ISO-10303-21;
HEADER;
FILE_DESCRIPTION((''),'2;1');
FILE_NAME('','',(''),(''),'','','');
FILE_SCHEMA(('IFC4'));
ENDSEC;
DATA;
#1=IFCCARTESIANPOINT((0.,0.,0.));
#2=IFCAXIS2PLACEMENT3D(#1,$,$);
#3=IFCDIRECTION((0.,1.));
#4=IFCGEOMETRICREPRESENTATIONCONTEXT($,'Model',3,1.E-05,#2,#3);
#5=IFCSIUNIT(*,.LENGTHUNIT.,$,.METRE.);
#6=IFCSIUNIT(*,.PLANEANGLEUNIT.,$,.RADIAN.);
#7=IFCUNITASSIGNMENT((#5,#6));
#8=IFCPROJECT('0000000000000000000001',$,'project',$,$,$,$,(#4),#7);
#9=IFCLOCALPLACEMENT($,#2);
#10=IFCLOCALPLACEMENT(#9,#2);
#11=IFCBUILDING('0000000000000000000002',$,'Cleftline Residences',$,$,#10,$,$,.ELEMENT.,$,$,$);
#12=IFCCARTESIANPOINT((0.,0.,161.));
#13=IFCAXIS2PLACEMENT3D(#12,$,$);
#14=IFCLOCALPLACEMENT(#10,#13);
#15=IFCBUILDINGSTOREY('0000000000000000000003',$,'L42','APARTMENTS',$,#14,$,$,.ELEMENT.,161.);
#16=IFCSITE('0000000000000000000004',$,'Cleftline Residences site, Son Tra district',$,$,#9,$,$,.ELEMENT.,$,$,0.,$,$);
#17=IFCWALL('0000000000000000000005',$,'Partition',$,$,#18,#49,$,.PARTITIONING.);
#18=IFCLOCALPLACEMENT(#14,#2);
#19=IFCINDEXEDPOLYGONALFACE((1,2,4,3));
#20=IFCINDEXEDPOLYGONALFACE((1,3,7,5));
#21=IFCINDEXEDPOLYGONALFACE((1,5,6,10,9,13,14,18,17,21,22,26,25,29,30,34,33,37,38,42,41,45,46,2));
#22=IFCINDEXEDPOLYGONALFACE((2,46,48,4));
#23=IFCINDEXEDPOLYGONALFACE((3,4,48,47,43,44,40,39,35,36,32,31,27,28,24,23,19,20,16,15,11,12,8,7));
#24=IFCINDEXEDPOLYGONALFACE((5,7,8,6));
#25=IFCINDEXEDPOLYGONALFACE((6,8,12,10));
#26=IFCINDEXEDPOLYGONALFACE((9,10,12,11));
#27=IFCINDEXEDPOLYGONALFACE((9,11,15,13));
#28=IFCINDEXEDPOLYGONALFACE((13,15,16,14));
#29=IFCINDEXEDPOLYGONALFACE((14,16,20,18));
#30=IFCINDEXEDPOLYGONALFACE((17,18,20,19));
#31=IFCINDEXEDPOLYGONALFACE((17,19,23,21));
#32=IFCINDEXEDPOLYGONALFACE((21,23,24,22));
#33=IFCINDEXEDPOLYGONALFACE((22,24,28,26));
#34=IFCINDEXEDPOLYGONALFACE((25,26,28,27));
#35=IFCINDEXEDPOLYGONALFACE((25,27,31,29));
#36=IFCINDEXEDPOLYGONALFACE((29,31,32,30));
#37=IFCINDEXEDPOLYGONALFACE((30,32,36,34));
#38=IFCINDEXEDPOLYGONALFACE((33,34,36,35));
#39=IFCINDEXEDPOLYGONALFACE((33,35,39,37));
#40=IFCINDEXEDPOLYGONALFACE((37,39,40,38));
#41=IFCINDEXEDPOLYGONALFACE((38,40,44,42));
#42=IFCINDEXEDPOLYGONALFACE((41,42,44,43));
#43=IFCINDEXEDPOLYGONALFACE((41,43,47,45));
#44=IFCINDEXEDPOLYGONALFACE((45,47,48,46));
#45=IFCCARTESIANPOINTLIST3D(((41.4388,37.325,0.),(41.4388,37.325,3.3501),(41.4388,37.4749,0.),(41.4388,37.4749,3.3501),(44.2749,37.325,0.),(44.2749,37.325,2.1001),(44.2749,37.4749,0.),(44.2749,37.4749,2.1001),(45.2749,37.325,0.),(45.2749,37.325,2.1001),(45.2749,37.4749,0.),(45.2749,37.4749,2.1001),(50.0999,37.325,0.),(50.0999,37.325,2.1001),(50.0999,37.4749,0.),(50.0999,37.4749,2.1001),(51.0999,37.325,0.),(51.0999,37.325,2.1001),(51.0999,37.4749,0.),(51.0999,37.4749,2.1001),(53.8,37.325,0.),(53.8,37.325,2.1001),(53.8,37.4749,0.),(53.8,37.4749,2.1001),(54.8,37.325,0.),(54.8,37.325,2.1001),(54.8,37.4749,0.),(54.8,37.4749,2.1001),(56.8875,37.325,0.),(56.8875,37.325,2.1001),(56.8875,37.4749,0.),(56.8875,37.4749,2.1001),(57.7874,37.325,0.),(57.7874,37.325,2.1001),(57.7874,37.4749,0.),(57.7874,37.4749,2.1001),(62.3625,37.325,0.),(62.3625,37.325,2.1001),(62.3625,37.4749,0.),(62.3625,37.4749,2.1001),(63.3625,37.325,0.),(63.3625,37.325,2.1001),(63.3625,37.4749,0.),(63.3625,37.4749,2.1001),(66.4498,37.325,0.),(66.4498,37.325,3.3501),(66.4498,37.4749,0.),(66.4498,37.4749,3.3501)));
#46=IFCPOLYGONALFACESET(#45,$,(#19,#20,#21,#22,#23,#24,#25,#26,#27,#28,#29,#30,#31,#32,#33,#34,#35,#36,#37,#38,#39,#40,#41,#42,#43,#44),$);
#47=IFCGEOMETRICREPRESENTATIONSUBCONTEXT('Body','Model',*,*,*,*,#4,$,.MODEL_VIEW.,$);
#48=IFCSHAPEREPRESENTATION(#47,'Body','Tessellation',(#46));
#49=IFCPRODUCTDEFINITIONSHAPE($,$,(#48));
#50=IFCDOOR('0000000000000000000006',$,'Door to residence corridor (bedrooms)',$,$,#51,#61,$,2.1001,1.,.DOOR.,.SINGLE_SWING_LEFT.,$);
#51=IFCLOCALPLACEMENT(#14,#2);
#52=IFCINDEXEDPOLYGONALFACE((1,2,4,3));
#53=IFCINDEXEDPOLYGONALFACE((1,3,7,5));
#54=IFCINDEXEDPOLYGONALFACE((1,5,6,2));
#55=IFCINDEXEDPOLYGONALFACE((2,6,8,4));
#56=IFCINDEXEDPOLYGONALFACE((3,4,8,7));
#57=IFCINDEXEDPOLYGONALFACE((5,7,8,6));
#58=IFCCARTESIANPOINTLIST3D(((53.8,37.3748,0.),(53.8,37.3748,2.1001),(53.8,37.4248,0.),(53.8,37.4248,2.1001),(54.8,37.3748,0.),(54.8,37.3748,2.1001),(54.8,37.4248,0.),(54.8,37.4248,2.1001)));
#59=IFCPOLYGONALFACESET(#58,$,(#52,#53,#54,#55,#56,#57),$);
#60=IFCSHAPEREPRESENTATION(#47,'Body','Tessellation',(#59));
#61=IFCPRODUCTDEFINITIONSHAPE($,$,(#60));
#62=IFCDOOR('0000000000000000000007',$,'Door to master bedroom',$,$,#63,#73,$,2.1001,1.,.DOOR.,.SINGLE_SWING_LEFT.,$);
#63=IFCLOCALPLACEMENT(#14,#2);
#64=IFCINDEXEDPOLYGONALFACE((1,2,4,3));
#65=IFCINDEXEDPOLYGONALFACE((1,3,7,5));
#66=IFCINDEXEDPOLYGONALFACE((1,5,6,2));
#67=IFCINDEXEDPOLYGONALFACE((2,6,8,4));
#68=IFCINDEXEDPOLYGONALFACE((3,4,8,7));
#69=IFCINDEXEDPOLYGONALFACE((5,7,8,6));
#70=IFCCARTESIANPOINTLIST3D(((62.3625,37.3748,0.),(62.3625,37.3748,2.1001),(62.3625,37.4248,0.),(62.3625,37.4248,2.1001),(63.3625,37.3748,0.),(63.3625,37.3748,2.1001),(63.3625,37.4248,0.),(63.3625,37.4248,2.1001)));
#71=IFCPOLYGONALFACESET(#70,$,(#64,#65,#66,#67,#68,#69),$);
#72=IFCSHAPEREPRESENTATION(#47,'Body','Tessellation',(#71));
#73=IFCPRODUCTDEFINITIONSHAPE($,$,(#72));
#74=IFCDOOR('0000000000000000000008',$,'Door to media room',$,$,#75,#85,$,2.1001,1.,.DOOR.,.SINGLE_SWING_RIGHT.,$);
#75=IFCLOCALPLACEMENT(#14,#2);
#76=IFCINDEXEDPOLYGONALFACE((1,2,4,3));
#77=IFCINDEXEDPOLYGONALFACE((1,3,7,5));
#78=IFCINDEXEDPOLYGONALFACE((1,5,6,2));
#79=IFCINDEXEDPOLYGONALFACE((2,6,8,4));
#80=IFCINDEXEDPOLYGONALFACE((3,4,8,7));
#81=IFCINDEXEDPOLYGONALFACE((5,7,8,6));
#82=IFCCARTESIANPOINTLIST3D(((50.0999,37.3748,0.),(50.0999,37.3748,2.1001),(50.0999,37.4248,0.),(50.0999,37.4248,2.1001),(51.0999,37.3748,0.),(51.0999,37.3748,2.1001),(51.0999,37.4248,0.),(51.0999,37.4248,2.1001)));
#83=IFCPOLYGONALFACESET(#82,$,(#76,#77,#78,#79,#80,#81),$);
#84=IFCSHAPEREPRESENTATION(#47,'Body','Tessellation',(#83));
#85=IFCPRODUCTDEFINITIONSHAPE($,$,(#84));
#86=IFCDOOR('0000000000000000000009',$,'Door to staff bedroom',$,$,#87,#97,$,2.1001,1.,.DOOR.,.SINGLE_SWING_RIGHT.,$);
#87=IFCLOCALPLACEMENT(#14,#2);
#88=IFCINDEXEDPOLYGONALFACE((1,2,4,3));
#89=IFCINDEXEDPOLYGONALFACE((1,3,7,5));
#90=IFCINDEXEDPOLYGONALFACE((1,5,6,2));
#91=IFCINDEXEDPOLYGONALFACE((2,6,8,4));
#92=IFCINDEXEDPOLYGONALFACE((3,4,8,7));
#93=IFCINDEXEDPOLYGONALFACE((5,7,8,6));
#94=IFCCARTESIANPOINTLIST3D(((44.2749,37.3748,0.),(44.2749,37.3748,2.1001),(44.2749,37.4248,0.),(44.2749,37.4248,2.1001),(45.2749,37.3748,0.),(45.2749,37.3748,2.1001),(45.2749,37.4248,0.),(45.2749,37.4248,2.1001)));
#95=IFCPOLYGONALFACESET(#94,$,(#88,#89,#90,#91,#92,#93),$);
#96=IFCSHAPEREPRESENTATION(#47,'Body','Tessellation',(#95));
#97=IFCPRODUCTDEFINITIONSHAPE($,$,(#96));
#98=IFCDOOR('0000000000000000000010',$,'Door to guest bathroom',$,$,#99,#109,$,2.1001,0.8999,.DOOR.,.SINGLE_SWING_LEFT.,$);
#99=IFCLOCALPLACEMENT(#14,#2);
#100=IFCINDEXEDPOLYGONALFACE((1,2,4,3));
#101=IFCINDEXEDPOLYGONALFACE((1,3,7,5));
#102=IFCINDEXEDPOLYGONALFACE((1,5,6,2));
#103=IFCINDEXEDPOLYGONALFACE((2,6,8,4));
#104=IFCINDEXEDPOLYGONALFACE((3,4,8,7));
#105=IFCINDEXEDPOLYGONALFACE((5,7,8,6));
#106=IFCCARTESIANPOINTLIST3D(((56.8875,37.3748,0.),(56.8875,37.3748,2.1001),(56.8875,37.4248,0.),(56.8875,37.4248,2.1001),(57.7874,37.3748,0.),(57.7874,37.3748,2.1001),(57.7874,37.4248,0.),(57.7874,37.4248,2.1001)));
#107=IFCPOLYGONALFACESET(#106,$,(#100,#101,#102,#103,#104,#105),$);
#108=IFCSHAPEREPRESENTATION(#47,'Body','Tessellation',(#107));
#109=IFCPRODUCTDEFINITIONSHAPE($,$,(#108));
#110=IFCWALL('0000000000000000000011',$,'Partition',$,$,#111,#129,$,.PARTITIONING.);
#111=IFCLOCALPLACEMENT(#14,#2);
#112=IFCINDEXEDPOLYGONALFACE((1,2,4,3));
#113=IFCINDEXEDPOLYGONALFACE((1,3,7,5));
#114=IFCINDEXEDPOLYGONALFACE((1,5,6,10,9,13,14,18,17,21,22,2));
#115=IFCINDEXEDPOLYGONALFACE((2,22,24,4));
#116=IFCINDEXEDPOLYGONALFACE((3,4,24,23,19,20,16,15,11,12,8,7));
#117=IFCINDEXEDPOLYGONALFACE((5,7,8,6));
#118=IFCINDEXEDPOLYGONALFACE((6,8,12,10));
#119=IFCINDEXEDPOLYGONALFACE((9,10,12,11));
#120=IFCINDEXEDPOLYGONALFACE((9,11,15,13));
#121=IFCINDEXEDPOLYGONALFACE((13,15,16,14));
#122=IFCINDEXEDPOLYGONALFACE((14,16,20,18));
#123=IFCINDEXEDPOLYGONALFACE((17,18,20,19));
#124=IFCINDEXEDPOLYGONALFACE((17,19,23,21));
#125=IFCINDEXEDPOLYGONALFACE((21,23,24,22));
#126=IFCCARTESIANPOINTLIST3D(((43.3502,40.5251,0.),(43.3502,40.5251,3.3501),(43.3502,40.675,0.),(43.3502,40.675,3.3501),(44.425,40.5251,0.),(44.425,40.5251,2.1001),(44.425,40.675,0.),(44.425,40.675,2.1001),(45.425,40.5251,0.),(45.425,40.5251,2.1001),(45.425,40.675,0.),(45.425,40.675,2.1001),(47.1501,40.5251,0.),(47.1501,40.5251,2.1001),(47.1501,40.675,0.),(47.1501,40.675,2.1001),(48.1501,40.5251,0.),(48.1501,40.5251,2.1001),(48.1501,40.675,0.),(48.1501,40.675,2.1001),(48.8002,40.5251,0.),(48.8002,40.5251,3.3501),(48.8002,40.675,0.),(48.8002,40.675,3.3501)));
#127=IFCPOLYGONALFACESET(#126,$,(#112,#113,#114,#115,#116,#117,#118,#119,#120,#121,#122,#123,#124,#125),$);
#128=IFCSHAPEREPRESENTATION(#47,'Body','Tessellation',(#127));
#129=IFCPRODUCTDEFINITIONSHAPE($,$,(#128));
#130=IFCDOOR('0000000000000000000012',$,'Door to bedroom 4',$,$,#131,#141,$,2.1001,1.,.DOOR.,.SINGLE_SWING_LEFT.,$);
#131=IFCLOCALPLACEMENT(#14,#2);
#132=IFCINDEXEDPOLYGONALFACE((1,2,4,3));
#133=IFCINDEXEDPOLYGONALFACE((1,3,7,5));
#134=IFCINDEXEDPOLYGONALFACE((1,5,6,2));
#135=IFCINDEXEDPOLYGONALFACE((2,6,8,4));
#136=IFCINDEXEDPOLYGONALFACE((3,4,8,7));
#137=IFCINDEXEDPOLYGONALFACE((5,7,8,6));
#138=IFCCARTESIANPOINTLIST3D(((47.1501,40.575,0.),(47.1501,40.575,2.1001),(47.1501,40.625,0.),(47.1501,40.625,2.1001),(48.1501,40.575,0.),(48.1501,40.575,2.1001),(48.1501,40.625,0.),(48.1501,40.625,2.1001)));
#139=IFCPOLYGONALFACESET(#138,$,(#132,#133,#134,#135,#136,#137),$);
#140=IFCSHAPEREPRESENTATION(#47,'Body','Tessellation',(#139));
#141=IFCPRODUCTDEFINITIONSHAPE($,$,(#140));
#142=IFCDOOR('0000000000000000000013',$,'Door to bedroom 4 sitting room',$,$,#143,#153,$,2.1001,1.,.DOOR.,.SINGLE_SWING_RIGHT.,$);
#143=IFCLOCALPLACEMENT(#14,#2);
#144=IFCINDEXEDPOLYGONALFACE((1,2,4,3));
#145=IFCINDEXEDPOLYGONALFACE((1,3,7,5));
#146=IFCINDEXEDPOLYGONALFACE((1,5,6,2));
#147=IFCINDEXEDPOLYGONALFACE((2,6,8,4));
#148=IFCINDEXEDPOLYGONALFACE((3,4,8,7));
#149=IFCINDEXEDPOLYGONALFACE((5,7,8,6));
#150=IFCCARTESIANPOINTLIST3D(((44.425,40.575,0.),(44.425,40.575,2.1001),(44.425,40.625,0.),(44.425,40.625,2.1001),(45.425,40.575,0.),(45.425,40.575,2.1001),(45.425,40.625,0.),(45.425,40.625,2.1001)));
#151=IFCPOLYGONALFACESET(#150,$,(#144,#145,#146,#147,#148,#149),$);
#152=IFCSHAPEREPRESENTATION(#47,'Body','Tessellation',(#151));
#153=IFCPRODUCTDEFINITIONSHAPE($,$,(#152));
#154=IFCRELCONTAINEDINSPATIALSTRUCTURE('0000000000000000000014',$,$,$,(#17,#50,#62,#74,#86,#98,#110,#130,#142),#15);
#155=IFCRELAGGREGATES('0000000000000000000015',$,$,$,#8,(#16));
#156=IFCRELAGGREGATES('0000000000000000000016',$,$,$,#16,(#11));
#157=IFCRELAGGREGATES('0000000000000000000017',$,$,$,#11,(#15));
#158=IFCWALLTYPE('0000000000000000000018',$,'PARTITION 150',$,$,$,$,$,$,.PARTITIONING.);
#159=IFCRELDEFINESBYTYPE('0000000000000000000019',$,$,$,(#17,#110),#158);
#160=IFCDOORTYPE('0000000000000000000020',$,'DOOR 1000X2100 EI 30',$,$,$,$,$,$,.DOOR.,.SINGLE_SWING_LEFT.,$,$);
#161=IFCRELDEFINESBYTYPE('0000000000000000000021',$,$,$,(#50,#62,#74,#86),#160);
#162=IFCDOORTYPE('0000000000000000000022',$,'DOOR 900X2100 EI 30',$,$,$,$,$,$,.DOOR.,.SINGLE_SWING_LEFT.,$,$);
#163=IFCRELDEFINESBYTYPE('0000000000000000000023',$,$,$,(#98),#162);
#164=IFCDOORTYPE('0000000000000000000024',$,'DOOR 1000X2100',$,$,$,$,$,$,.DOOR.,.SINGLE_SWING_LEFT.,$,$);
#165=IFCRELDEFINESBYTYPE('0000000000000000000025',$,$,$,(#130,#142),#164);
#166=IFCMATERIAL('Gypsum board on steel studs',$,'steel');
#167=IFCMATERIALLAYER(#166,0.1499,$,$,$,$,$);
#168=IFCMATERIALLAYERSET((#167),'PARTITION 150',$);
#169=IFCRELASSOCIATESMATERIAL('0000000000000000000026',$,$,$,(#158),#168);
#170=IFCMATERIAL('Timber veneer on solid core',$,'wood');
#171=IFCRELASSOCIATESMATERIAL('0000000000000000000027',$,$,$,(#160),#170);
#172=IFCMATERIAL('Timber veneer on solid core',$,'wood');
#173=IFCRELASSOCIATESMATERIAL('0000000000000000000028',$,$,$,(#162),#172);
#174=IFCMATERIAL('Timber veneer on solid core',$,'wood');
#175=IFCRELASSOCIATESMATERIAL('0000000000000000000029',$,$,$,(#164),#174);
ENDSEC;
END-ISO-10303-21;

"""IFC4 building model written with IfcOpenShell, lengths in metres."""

from ifc_helpers import new_model, si_unit, direction, frame, frame_2d, origin, place, context, subcontext, project, spatial, rectangle, extrude, material, layer, layer_set, type_object, element, fill, save


model = new_model("IFC4")

# Units and contexts
model_context = context("Model", 3, precision=1e-05, world=origin(), true_north=direction((0.0, 1.0)))
body_context = subcontext(model_context, "Body", "Model", "MODEL_VIEW")
ifc_project = project(units=[si_unit("LENGTHUNIT", "METRE"), si_unit("PLANEANGLEUNIT", "RADIAN")], contexts=[model_context])

# Site, building, storey
site_placement = place(None, origin())
site = spatial("IfcSite", under=ifc_project, at=site_placement, Name="Cleftline Residences site, Son Tra district", CompositionType="ELEMENT", RefElevation=0.0)
building_placement = place(site_placement, origin())
building = spatial("IfcBuilding", under=site, at=building_placement, Name="Cleftline Residences", CompositionType="ELEMENT")
storey_placement = place(building_placement, frame((0.0, 0.0, 161.0)))
storey = spatial("IfcBuildingStorey", under=building, at=storey_placement, Name="L42", Description="APARTMENTS", CompositionType="ELEMENT", Elevation=161.0)

# Walls, openings, doors
ifc_material_1 = material(Name="Gypsum board on steel studs", Category="steel")
ifc_layer = layer(ifc_material_1, 0.1499)
ifc_layer_set = layer_set([ifc_layer], Name="PARTITION 150")
wall_type = type_object("IfcWallType", Name="PARTITION 150", PredefinedType="PARTITIONING", material=ifc_layer_set)
wall_1_placement = place(storey_placement, frame((41.439, 37.3999, 0.0), z_axis=(0.0, 0.0, 1.0), x_axis=(1.0, 0.0, 0.0)))
wall_1 = element("IfcWall", 1, at=wall_1_placement, inside=storey, type_object=wall_type, Name="Partition", PredefinedType="PARTITIONING", context=body_context, shape_type="SweptSolid", body=[
    extrude(rectangle(XDim=25.011, YDim=0.1499, at=frame_2d((12.5054, 0.0))), origin(), (0.0, 0.0, 1.0), 3.3501),
])
opening_1_placement = place(wall_1_placement, frame((12.3611, 0.0, 0.0)))
opening_1 = element("IfcOpeningElement", 2, at=opening_1_placement, cuts=wall_1, PredefinedType="OPENING", context=body_context, shape_type="SweptSolid", body=[
    extrude(rectangle(XDim=1.0, YDim=2.1001, at=frame_2d((0.5, 1.05))), frame((0.0, 0.085, 0.0), z_axis=(0.0, -1.0, 0.0), x_axis=(1.0, 0.0, 0.0)), (0.0, 0.0, 1.0), 0.1699),
])
opening_2_placement = place(wall_1_placement, frame((20.9236, 0.0, 0.0)))
opening_2 = element("IfcOpeningElement", 3, at=opening_2_placement, cuts=wall_1, PredefinedType="OPENING", context=body_context, shape_type="SweptSolid", body=[
    extrude(rectangle(XDim=1.0, YDim=2.1001, at=frame_2d((0.5, 1.05))), frame((0.0, 0.085, 0.0), z_axis=(0.0, -1.0, 0.0), x_axis=(1.0, 0.0, 0.0)), (0.0, 0.0, 1.0), 0.1699),
])
opening_3_placement = place(wall_1_placement, frame((15.4485, 0.0, 0.0)))
opening_3 = element("IfcOpeningElement", 4, at=opening_3_placement, cuts=wall_1, PredefinedType="OPENING", context=body_context, shape_type="SweptSolid", body=[
    extrude(rectangle(XDim=0.8999, YDim=2.1001, at=frame_2d((0.45, 1.05))), frame((0.0, 0.085, 0.0), z_axis=(0.0, -1.0, 0.0), x_axis=(1.0, 0.0, 0.0)), (0.0, 0.0, 1.0), 0.1699),
])
opening_4_placement = place(wall_1_placement, frame((8.6609, 0.0, 0.0)))
opening_4 = element("IfcOpeningElement", 5, at=opening_4_placement, cuts=wall_1, PredefinedType="OPENING", context=body_context, shape_type="SweptSolid", body=[
    extrude(rectangle(XDim=1.0, YDim=2.1001, at=frame_2d((0.5, 1.05))), frame((0.0, 0.085, 0.0), z_axis=(0.0, -1.0, 0.0), x_axis=(1.0, 0.0, 0.0)), (0.0, 0.0, 1.0), 0.1699),
])
opening_5_placement = place(wall_1_placement, frame((2.8359, 0.0, 0.0)))
opening_5 = element("IfcOpeningElement", 6, at=opening_5_placement, cuts=wall_1, PredefinedType="OPENING", context=body_context, shape_type="SweptSolid", body=[
    extrude(rectangle(XDim=1.0, YDim=2.1001, at=frame_2d((0.5, 1.05))), frame((0.0, 0.085, 0.0), z_axis=(0.0, -1.0, 0.0), x_axis=(1.0, 0.0, 0.0)), (0.0, 0.0, 1.0), 0.1699),
])
ifc_material_2 = material(Name="Timber veneer on solid core", Category="wood")
door_type_1 = type_object("IfcDoorType", Name="DOOR 1000X2100 EI 30", OperationType="SINGLE_SWING_LEFT", PredefinedType="DOOR", material=ifc_material_2)
door_1_placement = place(opening_1_placement, origin())
door_1 = element("IfcDoor", 7, at=door_1_placement, inside=storey, type_object=door_type_1, Name="Door to residence corridor (bedrooms)", OperationType="SINGLE_SWING_LEFT", OverallHeight=2.1001, OverallWidth=1.0, PredefinedType="DOOR", context=body_context, shape_type="SweptSolid", body=[
    extrude(rectangle(XDim=1.0, YDim=2.1001, at=frame_2d((0.5, 1.05))), frame((0.0, 0.0249, 0.0), z_axis=(0.0, -1.0, 0.0), x_axis=(1.0, 0.0, 0.0)), (0.0, 0.0, 1.0), 0.05),
])
fill(opening_1, door_1)
door_2_placement = place(opening_2_placement, origin())
door_2 = element("IfcDoor", 8, at=door_2_placement, inside=storey, type_object=door_type_1, Name="Door to master bedroom", OperationType="SINGLE_SWING_LEFT", OverallHeight=2.1001, OverallWidth=1.0, PredefinedType="DOOR", context=body_context, shape_type="SweptSolid", body=[
    extrude(rectangle(XDim=1.0, YDim=2.1001, at=frame_2d((0.5, 1.05))), frame((0.0, 0.0249, 0.0), z_axis=(0.0, -1.0, 0.0), x_axis=(1.0, 0.0, 0.0)), (0.0, 0.0, 1.0), 0.05),
])
fill(opening_2, door_2)
door_3_placement = place(opening_4_placement, origin())
door_3 = element("IfcDoor", 9, at=door_3_placement, inside=storey, type_object=door_type_1, Name="Door to media room", OperationType="SINGLE_SWING_RIGHT", OverallHeight=2.1001, OverallWidth=1.0, PredefinedType="DOOR", context=body_context, shape_type="SweptSolid", body=[
    extrude(rectangle(XDim=1.0, YDim=2.1001, at=frame_2d((0.5, 1.05))), frame((0.0, 0.0249, 0.0), z_axis=(0.0, -1.0, 0.0), x_axis=(1.0, 0.0, 0.0)), (0.0, 0.0, 1.0), 0.05),
])
fill(opening_4, door_3)
door_4_placement = place(opening_5_placement, origin())
door_4 = element("IfcDoor", 10, at=door_4_placement, inside=storey, type_object=door_type_1, Name="Door to staff bedroom", OperationType="SINGLE_SWING_RIGHT", OverallHeight=2.1001, OverallWidth=1.0, PredefinedType="DOOR", context=body_context, shape_type="SweptSolid", body=[
    extrude(rectangle(XDim=1.0, YDim=2.1001, at=frame_2d((0.5, 1.05))), frame((0.0, 0.0249, 0.0), z_axis=(0.0, -1.0, 0.0), x_axis=(1.0, 0.0, 0.0)), (0.0, 0.0, 1.0), 0.05),
])
fill(opening_5, door_4)
ifc_material_3 = material(Name="Timber veneer on solid core", Category="wood")
door_type_2 = type_object("IfcDoorType", Name="DOOR 900X2100 EI 30", OperationType="SINGLE_SWING_LEFT", PredefinedType="DOOR", material=ifc_material_3)
door_5_placement = place(opening_3_placement, origin())
door_5 = element("IfcDoor", 11, at=door_5_placement, inside=storey, type_object=door_type_2, Name="Door to guest bathroom", OperationType="SINGLE_SWING_LEFT", OverallHeight=2.1001, OverallWidth=0.8999, PredefinedType="DOOR", context=body_context, shape_type="SweptSolid", body=[
    extrude(rectangle(XDim=0.8999, YDim=2.1001, at=frame_2d((0.45, 1.05))), frame((0.0, 0.0249, 0.0), z_axis=(0.0, -1.0, 0.0), x_axis=(1.0, 0.0, 0.0)), (0.0, 0.0, 1.0), 0.05),
])
fill(opening_3, door_5)
wall_2_placement = place(storey_placement, frame((43.3501, 40.6001, 0.0), z_axis=(0.0, 0.0, 1.0), x_axis=(1.0, 0.0, 0.0)))
wall_2 = element("IfcWall", 12, at=wall_2_placement, inside=storey, type_object=wall_type, Name="Partition", PredefinedType="PARTITIONING", context=body_context, shape_type="SweptSolid", body=[
    extrude(rectangle(XDim=5.45, YDim=0.1499, at=frame_2d((2.7251, 0.0))), origin(), (0.0, 0.0, 1.0), 3.3501),
])
opening_6_placement = place(wall_2_placement, frame((3.8, 0.0, 0.0)))
opening_6 = element("IfcOpeningElement", 13, at=opening_6_placement, cuts=wall_2, PredefinedType="OPENING", context=body_context, shape_type="SweptSolid", body=[
    extrude(rectangle(XDim=1.0, YDim=2.1001, at=frame_2d((0.5, 1.05))), frame((0.0, 0.085, 0.0), z_axis=(0.0, -1.0, 0.0), x_axis=(1.0, 0.0, 0.0)), (0.0, 0.0, 1.0), 0.1699),
])
opening_7_placement = place(wall_2_placement, frame((1.075, 0.0, 0.0)))
opening_7 = element("IfcOpeningElement", 14, at=opening_7_placement, cuts=wall_2, PredefinedType="OPENING", context=body_context, shape_type="SweptSolid", body=[
    extrude(rectangle(XDim=1.0, YDim=2.1001, at=frame_2d((0.5, 1.05))), frame((0.0, 0.085, 0.0), z_axis=(0.0, -1.0, 0.0), x_axis=(1.0, 0.0, 0.0)), (0.0, 0.0, 1.0), 0.1699),
])
ifc_material_4 = material(Name="Timber veneer on solid core", Category="wood")
door_type_3 = type_object("IfcDoorType", Name="DOOR 1000X2100", OperationType="SINGLE_SWING_LEFT", PredefinedType="DOOR", material=ifc_material_4)
door_6_placement = place(opening_6_placement, origin())
door_6 = element("IfcDoor", 15, at=door_6_placement, inside=storey, type_object=door_type_3, Name="Door to bedroom 4", OperationType="SINGLE_SWING_LEFT", OverallHeight=2.1001, OverallWidth=1.0, PredefinedType="DOOR", context=body_context, shape_type="SweptSolid", body=[
    extrude(rectangle(XDim=1.0, YDim=2.1001, at=frame_2d((0.5, 1.05))), frame((0.0, 0.0249, 0.0), z_axis=(0.0, -1.0, 0.0), x_axis=(1.0, 0.0, 0.0)), (0.0, 0.0, 1.0), 0.05),
])
fill(opening_6, door_6)
door_7_placement = place(opening_7_placement, origin())
door_7 = element("IfcDoor", 16, at=door_7_placement, inside=storey, type_object=door_type_3, Name="Door to bedroom 4 sitting room", OperationType="SINGLE_SWING_RIGHT", OverallHeight=2.1001, OverallWidth=1.0, PredefinedType="DOOR", context=body_context, shape_type="SweptSolid", body=[
    extrude(rectangle(XDim=1.0, YDim=2.1001, at=frame_2d((0.5, 1.05))), frame((0.0, 0.0249, 0.0), z_axis=(0.0, -1.0, 0.0), x_axis=(1.0, 0.0, 0.0)), (0.0, 0.0, 1.0), 0.05),
])
fill(opening_7, door_7)

save(model, "model.ifc")
